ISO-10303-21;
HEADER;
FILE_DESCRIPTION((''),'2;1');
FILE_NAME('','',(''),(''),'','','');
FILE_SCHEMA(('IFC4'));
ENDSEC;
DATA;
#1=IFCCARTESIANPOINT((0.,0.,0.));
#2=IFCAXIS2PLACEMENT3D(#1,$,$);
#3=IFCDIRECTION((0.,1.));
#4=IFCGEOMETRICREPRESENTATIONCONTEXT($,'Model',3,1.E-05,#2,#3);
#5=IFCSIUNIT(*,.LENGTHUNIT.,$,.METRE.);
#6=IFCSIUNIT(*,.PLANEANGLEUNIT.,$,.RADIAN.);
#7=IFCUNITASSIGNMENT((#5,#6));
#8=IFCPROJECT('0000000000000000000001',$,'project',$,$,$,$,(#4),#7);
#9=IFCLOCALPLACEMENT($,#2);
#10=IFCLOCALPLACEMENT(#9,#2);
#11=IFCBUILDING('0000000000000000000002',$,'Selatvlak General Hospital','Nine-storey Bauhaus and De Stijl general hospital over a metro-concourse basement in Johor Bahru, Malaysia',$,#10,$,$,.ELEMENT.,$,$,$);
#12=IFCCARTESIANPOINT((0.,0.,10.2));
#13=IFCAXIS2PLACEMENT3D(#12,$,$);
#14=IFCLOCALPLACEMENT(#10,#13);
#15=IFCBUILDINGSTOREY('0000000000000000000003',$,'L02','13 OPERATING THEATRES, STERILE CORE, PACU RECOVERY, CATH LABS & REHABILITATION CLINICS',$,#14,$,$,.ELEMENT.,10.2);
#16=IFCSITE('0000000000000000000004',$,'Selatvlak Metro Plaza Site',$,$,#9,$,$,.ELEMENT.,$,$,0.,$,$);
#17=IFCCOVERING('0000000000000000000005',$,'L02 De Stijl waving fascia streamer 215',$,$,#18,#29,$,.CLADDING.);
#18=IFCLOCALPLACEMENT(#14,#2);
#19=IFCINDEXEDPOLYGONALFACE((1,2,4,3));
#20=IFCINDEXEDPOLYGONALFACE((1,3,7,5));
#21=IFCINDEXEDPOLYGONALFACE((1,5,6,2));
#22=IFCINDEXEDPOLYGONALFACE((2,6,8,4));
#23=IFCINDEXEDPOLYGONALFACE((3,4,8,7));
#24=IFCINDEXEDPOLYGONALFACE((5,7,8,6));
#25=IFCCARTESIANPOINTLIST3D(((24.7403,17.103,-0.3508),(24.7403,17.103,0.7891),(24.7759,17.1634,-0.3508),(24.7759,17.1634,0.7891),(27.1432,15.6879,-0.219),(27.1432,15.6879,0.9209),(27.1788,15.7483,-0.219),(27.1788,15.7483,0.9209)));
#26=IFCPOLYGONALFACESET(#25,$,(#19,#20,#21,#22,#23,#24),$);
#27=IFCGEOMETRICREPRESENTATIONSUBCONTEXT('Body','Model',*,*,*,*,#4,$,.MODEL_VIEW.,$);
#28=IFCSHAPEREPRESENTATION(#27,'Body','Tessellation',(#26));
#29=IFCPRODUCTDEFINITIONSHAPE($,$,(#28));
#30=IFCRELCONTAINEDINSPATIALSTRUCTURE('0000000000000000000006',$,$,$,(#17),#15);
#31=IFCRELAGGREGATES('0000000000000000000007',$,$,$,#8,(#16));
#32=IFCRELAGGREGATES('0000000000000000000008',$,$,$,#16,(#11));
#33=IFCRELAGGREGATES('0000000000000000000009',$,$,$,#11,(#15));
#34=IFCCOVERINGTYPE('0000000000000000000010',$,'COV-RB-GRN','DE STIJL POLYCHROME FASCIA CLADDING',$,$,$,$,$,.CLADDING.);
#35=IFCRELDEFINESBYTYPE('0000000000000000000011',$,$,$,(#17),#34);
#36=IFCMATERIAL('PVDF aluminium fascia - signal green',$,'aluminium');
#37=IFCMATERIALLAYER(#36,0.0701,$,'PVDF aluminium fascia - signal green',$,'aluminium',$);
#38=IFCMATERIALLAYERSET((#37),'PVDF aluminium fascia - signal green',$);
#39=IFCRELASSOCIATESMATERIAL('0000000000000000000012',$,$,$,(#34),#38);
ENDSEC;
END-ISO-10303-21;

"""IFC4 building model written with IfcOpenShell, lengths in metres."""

from ifc_helpers import new_model, si_unit, direction, frame, origin, place, context, subcontext, project, spatial, polyline, outline, extrude, material, layer, layer_set, type_object, element, save


model = new_model("IFC4")

# Units and contexts
model_context = context("Model", 3, precision=1e-05, world=origin(), true_north=direction((0.0, 1.0)))
body_context = subcontext(model_context, "Body", "Model", "MODEL_VIEW")
ifc_project = project(units=[si_unit("LENGTHUNIT", "METRE"), si_unit("PLANEANGLEUNIT", "RADIAN")], contexts=[model_context])

# Site, building, storey
site_placement = place(None, origin())
site = spatial("IfcSite", under=ifc_project, at=site_placement, Name="Selatvlak Metro Plaza Site", CompositionType="ELEMENT", RefElevation=0.0)
building_placement = place(site_placement, origin())
building = spatial("IfcBuilding", under=site, at=building_placement, Name="Selatvlak General Hospital", Description="Nine-storey Bauhaus and De Stijl general hospital over a metro-concourse basement in Johor Bahru, Malaysia", CompositionType="ELEMENT")
storey_placement = place(building_placement, frame((0.0, 0.0, 10.2)))
storey = spatial("IfcBuildingStorey", under=building, at=storey_placement, Name="L02", Description="13 OPERATING THEATRES, STERILE CORE, PACU RECOVERY, CATH LABS & REHABILITATION CLINICS", CompositionType="ELEMENT", Elevation=10.2)

# Covering
ifc_material_1 = material(Name="PVDF aluminium fascia - signal green", Category="aluminium")
ifc_layer_1 = layer(ifc_material_1, 0.0701, Name="PVDF aluminium fascia - signal green", Category="aluminium")
ifc_layer_set_1 = layer_set([ifc_layer_1], Name="PVDF aluminium fascia - signal green")
covering_type = type_object("IfcCoveringType", Name="COV-RB-GRN", Description="DE STIJL POLYCHROME FASCIA CLADDING", PredefinedType="CLADDING", material=ifc_layer_set_1)
covering_placement = place(storey_placement, frame((24.7581, 17.1331, -0.3508), z_axis=(0.0, 0.0, 1.0), x_axis=(0.861682, -0.507449, 0.0)))
element("IfcCovering", 1, at=covering_placement, inside=storey, type_object=covering_type, Name="L02 De Stijl waving fascia streamer 215", PredefinedType="CLADDING", context=body_context, shape_type="SweptSolid", body=[
    extrude(outline(polyline([(0.0, 0.0), (2.7886, 0.1318), (2.7886, 1.2717), (0.0, 1.1399), (0.0, 0.0)])), frame((0.0, 0.0352, 0.0), z_axis=(0.0, -1.0, 0.0), x_axis=(1.0, 0.0, 0.0)), (0.0, 0.0, 1.0), 0.0701),
])

save(model, "model.ifc")
